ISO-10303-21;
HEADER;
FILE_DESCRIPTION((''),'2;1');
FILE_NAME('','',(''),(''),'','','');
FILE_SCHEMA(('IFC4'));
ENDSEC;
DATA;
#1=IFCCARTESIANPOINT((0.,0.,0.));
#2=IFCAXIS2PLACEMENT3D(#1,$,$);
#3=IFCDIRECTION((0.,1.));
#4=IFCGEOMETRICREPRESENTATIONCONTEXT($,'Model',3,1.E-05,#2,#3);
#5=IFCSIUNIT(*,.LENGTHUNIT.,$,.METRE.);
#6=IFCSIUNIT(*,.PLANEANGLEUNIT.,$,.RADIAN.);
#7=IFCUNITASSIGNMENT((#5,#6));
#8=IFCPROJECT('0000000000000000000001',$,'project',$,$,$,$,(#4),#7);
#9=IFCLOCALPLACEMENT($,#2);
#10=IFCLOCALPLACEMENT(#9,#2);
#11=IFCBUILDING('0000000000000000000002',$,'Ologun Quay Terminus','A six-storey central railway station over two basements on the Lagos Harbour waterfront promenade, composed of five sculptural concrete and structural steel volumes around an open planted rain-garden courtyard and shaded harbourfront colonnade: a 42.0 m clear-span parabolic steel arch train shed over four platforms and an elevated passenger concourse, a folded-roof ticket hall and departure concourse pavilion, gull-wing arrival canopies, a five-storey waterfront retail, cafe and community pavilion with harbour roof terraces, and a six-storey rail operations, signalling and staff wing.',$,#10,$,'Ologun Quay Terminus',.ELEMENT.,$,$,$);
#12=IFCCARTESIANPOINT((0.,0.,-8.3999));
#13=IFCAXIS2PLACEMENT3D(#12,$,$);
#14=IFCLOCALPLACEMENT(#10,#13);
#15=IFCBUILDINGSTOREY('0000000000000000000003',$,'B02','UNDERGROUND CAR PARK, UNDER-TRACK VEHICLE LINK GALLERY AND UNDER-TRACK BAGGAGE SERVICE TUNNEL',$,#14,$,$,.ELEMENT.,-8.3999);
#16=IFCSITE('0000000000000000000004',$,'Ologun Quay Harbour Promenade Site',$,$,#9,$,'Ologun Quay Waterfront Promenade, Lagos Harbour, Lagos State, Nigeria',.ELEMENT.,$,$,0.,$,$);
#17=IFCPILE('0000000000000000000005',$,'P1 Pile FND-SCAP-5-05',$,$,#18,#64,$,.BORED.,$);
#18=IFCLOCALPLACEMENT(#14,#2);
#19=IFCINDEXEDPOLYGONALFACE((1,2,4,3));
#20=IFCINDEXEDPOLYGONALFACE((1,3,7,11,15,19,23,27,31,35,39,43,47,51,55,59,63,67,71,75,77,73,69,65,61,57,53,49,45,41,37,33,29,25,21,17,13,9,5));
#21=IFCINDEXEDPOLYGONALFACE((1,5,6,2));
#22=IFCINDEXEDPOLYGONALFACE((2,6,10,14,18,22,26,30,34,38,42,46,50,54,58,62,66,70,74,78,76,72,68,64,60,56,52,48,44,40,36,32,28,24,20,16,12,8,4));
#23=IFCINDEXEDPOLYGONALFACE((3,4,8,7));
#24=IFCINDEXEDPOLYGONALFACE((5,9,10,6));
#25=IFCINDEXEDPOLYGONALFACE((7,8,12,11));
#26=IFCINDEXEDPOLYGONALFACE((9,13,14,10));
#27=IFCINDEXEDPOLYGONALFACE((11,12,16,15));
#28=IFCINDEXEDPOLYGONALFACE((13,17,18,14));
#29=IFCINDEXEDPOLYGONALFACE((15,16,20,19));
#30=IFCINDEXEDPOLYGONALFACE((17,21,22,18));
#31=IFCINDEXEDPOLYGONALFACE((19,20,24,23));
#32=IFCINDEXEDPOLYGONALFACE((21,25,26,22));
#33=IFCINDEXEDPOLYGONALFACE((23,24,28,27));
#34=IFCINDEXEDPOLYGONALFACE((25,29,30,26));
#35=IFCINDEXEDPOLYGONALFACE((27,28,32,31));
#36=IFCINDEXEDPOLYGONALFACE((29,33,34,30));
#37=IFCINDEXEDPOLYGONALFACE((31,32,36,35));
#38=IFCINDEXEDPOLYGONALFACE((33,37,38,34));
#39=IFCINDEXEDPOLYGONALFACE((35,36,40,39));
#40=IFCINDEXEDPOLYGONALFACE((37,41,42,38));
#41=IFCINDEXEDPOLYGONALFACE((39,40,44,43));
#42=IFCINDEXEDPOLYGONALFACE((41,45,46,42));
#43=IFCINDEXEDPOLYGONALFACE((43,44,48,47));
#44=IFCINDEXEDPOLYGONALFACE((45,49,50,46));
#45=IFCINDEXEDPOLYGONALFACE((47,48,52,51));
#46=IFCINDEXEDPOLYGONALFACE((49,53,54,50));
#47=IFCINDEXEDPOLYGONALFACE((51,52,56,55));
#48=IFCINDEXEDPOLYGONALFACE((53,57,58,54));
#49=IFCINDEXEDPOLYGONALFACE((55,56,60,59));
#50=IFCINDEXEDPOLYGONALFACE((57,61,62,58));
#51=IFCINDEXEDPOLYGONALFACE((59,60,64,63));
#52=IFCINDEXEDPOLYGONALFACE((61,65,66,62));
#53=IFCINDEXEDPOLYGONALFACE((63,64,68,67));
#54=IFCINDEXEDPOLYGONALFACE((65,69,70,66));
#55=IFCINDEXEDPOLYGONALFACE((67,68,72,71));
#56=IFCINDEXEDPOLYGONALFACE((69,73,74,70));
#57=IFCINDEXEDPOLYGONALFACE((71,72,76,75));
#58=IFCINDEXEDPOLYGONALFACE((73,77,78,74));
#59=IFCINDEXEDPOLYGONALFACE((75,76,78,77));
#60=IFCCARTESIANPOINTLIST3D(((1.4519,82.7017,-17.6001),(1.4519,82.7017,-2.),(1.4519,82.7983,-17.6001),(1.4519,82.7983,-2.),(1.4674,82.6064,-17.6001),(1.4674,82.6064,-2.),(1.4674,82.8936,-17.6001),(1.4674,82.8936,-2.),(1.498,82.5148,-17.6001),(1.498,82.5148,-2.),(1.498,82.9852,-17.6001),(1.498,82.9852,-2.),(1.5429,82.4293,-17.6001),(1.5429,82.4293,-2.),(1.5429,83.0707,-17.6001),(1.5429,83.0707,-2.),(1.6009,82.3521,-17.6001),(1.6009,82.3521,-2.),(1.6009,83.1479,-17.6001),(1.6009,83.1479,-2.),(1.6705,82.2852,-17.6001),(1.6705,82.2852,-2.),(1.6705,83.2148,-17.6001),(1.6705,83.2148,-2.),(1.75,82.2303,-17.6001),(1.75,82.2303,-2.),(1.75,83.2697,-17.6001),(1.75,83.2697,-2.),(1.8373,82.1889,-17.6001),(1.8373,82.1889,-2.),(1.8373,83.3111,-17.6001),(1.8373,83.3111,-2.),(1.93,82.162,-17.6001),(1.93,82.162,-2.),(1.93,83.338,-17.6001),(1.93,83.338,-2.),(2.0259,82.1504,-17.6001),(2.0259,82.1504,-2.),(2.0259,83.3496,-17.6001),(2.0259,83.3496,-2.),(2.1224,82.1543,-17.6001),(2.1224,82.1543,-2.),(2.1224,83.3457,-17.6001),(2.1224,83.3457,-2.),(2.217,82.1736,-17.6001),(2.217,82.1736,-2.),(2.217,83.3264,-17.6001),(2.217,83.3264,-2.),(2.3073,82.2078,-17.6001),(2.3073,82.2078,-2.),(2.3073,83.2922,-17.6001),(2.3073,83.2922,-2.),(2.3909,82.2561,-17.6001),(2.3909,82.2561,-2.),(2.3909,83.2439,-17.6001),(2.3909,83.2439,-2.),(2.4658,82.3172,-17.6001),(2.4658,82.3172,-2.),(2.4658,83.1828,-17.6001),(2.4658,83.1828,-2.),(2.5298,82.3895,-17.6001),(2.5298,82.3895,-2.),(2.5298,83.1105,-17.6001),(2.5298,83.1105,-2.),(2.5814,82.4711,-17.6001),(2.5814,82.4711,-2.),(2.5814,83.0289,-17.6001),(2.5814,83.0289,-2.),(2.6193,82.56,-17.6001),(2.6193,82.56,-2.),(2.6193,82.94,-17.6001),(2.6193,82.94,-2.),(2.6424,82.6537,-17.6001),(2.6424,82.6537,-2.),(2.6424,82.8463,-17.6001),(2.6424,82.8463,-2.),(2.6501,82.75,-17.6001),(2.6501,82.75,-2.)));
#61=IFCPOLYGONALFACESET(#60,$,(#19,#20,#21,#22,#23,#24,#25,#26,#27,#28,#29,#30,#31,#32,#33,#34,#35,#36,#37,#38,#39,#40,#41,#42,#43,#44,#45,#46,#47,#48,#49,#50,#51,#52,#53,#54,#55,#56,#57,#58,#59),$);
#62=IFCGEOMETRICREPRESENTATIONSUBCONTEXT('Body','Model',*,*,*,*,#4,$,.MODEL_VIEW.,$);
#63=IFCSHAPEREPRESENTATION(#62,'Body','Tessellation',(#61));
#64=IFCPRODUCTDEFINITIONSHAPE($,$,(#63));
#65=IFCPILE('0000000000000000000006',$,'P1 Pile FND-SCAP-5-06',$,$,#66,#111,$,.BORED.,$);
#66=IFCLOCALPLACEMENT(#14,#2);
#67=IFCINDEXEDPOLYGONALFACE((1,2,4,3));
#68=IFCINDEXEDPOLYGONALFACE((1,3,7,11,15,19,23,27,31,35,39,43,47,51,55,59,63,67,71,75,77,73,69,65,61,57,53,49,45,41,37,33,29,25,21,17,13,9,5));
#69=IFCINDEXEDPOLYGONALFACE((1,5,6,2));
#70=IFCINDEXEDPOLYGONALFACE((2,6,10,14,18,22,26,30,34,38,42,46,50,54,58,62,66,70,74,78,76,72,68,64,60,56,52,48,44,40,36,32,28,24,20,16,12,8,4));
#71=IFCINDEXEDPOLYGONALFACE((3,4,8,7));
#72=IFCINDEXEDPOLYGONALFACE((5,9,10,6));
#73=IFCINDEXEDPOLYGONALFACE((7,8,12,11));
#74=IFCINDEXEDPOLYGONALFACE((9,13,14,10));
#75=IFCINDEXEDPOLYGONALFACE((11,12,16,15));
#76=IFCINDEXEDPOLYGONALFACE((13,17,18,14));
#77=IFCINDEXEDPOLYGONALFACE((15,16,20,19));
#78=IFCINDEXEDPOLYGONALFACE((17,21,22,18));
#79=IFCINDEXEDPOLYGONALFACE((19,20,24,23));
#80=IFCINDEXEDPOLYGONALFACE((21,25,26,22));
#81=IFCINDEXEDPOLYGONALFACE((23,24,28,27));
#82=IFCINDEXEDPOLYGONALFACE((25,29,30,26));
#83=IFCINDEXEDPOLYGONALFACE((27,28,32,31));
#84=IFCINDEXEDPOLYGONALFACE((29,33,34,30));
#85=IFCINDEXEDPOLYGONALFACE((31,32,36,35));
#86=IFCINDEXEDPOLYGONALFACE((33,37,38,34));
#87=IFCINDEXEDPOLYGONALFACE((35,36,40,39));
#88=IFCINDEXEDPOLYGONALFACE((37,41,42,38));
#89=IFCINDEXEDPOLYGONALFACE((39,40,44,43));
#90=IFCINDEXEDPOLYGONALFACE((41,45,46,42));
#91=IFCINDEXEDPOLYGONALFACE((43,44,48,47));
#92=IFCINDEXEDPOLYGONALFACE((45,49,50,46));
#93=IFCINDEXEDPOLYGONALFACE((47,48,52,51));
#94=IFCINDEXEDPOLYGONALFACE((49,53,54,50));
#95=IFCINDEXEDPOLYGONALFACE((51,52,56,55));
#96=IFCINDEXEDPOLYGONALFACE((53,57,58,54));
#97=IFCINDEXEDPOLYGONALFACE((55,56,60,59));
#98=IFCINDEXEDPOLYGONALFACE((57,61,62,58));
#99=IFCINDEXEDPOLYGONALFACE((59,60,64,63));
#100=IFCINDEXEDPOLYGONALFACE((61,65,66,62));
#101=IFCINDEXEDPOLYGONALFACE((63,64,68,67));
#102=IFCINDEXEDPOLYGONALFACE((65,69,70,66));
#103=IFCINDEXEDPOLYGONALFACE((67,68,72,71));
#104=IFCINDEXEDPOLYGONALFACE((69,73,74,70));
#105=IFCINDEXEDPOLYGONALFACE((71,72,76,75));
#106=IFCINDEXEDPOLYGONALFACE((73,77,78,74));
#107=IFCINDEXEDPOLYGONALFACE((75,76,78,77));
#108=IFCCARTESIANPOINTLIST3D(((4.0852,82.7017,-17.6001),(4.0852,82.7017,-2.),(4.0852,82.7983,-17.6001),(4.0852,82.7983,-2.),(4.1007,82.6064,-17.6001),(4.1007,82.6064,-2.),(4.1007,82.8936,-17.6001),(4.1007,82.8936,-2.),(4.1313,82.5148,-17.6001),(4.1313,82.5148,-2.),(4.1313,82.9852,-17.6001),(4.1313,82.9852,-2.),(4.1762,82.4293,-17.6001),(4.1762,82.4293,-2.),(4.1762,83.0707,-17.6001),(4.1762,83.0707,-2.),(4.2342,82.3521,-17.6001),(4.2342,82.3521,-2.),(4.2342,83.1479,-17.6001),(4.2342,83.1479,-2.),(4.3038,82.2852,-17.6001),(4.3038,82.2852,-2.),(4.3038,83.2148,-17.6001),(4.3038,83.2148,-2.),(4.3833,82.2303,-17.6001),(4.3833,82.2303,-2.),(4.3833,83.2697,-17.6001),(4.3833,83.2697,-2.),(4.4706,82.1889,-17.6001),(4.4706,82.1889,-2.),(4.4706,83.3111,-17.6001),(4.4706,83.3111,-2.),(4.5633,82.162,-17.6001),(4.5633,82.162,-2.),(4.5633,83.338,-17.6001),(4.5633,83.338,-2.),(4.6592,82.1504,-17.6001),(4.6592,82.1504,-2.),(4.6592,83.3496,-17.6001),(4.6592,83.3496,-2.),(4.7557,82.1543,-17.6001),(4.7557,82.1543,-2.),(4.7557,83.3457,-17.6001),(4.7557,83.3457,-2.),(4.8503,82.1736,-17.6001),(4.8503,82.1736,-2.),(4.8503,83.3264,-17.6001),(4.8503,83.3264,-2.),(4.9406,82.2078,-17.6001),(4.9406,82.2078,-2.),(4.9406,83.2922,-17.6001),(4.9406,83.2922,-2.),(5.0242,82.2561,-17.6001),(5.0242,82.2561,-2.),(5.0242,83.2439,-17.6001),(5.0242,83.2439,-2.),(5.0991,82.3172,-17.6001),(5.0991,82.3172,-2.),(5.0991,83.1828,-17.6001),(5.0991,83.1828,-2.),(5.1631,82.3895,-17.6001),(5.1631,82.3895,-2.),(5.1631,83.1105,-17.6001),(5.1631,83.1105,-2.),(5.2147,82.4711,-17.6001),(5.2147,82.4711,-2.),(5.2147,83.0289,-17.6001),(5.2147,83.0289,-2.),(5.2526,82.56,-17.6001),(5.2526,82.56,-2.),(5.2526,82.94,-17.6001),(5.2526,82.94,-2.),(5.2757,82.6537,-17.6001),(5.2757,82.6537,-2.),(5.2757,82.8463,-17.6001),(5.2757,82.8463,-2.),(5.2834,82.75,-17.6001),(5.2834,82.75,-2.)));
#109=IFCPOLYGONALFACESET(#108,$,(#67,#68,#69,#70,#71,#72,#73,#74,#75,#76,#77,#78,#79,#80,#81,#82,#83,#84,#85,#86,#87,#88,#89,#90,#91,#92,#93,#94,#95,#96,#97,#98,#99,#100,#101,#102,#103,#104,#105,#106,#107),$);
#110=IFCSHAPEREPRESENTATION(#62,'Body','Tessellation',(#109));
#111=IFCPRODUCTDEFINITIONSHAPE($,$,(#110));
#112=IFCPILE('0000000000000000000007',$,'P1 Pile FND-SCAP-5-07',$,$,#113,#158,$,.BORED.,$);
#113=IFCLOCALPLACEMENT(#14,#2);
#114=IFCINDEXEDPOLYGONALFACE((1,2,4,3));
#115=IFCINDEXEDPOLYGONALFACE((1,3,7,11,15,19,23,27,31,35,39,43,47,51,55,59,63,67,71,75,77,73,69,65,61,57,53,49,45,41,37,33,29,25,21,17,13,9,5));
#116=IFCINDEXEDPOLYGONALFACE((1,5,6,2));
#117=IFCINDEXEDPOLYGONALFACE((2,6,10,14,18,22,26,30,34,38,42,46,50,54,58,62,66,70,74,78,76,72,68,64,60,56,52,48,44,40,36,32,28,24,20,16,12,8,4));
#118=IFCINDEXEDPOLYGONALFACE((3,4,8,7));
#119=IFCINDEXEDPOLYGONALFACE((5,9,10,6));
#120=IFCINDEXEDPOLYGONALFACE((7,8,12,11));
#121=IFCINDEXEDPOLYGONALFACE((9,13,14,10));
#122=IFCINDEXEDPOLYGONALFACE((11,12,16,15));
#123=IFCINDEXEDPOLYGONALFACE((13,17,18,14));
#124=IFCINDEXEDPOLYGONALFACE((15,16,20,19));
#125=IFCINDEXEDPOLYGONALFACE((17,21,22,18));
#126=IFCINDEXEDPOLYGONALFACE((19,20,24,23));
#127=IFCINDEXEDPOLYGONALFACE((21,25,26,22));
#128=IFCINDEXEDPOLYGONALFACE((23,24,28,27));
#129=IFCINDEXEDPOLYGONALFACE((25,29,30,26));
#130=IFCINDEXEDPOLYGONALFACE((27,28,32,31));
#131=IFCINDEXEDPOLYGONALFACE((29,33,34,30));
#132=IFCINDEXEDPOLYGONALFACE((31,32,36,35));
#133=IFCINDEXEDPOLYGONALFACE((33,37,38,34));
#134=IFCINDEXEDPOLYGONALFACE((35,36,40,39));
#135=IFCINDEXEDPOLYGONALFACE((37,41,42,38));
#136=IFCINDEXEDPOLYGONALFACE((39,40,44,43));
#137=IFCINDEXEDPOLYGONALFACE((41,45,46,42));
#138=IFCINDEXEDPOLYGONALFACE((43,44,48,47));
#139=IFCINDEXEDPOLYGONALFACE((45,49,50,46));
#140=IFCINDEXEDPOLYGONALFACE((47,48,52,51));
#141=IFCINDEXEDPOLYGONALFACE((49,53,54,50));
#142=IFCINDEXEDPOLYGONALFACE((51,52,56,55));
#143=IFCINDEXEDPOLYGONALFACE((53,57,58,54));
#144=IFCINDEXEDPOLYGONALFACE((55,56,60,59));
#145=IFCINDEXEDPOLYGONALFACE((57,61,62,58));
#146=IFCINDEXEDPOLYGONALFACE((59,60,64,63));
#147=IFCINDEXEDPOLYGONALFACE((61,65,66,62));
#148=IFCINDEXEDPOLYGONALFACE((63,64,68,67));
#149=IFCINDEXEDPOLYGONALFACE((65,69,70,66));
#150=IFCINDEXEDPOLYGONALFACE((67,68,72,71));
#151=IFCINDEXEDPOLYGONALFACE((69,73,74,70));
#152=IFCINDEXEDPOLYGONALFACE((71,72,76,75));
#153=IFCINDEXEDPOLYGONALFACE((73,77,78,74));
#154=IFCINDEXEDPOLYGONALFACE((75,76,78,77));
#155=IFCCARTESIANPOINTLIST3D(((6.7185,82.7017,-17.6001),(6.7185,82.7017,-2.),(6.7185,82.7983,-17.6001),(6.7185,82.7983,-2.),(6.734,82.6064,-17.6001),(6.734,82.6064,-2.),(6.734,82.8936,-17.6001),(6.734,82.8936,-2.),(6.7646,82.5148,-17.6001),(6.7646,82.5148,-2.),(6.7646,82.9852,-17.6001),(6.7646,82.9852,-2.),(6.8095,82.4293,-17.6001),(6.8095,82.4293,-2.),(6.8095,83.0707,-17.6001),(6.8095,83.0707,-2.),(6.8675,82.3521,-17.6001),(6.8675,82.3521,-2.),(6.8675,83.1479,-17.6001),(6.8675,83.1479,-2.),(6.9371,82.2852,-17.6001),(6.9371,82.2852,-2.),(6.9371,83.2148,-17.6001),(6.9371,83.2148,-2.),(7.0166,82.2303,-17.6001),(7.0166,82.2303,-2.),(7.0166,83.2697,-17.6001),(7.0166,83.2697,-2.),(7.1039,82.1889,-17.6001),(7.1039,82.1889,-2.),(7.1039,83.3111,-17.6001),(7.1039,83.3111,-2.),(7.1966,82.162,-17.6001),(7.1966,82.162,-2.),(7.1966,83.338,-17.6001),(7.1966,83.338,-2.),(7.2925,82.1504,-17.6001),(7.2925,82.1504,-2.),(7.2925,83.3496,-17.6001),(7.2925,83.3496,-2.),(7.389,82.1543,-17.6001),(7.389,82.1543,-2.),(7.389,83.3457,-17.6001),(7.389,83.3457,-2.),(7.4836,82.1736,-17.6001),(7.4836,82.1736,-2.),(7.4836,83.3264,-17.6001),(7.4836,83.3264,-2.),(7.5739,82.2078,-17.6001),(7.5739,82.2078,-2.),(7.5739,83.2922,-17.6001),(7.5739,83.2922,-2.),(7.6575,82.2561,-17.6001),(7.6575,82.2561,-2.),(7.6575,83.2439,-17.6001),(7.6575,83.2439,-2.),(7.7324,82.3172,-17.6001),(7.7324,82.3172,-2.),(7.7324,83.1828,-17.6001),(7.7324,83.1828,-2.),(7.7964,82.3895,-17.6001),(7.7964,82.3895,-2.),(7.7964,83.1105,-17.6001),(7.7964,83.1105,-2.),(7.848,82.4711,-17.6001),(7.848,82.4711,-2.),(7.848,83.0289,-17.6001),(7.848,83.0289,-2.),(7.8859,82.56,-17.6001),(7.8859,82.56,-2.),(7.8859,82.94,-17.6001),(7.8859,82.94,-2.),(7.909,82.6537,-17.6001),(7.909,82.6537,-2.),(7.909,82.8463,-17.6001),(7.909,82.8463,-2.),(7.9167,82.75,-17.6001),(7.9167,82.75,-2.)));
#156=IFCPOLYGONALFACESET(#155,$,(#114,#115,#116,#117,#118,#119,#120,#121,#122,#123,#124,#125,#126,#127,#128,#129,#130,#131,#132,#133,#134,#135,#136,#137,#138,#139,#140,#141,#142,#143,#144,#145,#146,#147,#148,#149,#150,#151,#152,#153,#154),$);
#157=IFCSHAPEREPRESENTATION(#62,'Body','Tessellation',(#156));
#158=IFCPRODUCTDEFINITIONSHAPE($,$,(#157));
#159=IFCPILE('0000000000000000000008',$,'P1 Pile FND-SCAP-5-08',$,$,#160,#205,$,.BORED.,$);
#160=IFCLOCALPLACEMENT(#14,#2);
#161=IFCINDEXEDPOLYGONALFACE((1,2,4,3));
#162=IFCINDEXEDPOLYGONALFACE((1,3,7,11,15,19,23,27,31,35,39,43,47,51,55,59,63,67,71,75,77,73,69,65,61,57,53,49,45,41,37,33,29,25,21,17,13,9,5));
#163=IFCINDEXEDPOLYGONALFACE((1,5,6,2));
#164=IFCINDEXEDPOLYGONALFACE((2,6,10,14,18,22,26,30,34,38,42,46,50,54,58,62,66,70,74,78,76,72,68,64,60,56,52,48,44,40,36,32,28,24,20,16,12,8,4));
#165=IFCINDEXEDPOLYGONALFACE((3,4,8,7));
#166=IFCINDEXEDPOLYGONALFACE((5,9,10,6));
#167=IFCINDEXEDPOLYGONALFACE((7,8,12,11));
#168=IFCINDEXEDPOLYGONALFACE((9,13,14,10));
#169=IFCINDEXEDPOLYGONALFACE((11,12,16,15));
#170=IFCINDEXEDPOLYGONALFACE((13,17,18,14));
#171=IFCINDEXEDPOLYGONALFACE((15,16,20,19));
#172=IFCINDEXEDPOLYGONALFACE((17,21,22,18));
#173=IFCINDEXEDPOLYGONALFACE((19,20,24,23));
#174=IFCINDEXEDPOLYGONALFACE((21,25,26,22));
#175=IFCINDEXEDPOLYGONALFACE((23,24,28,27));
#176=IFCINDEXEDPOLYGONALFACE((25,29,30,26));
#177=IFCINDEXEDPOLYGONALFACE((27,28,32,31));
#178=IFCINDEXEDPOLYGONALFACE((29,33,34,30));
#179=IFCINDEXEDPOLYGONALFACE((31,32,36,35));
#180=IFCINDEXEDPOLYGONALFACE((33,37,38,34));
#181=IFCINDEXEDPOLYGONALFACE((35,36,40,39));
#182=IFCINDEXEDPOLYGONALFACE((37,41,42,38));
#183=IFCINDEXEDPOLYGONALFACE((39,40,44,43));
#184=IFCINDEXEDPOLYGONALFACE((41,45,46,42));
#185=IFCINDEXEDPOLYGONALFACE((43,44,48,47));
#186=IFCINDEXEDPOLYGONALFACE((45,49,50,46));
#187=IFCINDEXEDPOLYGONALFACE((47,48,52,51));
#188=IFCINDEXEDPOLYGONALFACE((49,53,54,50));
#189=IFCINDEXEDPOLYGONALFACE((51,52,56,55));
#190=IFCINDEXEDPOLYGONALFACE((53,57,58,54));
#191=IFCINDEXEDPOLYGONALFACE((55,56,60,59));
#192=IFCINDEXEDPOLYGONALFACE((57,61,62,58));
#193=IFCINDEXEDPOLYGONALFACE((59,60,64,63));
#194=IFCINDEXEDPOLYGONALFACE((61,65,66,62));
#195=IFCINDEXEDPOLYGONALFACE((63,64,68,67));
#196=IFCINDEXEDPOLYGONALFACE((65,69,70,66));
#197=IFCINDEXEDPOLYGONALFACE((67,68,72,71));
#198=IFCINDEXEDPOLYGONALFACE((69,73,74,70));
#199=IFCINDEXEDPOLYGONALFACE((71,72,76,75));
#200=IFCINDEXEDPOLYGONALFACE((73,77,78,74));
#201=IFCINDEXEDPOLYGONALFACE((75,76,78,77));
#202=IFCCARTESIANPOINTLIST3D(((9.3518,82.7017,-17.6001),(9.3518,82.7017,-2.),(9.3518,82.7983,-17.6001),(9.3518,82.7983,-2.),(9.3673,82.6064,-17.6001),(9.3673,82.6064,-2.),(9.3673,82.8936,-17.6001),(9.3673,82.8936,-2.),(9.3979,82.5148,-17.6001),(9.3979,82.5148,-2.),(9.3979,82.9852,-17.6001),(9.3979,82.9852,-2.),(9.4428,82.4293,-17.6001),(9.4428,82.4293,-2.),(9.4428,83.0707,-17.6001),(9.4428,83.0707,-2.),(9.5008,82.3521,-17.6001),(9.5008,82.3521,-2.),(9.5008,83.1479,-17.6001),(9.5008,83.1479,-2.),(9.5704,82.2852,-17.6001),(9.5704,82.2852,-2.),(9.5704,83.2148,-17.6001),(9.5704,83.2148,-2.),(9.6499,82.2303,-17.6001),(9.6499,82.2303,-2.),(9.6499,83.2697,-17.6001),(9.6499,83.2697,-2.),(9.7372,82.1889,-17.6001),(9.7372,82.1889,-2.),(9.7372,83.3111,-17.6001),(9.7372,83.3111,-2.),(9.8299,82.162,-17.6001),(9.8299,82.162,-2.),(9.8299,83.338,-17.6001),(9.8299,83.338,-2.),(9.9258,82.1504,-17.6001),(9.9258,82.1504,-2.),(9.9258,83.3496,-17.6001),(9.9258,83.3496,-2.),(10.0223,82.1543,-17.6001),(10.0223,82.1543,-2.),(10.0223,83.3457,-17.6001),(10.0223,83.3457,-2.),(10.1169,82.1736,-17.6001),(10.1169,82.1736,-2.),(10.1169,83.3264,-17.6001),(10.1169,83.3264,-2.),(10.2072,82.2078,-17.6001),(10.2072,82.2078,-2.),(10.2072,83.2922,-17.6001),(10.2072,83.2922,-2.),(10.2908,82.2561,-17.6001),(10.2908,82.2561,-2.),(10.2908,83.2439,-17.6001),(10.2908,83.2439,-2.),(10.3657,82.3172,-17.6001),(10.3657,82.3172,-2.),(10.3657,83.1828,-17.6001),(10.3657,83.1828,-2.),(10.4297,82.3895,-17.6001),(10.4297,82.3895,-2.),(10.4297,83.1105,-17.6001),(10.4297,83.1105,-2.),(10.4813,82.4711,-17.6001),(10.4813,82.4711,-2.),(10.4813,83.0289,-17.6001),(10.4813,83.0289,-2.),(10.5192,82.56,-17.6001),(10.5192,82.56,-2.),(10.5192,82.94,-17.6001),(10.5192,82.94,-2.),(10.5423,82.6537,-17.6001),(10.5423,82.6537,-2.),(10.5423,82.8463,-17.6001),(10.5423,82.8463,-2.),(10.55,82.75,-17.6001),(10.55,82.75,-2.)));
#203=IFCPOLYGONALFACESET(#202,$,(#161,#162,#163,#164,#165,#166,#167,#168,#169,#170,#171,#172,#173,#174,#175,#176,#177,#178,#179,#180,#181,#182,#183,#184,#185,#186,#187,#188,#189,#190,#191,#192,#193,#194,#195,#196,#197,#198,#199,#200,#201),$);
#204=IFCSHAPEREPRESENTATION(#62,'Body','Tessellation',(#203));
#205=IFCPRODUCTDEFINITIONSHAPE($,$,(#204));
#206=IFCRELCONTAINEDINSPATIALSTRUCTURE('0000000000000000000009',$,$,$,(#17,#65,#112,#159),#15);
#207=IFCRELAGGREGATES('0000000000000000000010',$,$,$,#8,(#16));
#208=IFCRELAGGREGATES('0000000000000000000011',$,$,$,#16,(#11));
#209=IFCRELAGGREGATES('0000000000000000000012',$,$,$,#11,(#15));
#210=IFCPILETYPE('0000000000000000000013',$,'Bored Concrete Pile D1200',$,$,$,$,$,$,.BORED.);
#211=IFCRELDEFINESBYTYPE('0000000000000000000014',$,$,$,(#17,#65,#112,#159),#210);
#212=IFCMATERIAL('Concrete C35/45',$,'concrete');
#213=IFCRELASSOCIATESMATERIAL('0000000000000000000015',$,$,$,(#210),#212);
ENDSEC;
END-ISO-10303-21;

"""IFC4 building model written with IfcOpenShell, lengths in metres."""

from ifc_helpers import new_model, si_unit, direction, frame, origin, origin_2d, place, context, subcontext, project, spatial, circle, extrude, material, material_profile, profile_set, type_object, element, save


model = new_model("IFC4")

# Units and contexts
model_context = context("Model", 3, precision=1e-05, world=origin(), true_north=direction((0.0, 1.0)))
body_context = subcontext(model_context, "Body", "Model", "MODEL_VIEW")
ifc_project = project(units=[si_unit("LENGTHUNIT", "METRE"), si_unit("PLANEANGLEUNIT", "RADIAN")], contexts=[model_context])

# Site, building, storey
site_placement = place(None, origin())
site = spatial("IfcSite", under=ifc_project, at=site_placement, Name="Ologun Quay Harbour Promenade Site", LongName="Ologun Quay Waterfront Promenade, Lagos Harbour, Lagos State, Nigeria", CompositionType="ELEMENT", RefElevation=0.0)
building_placement = place(site_placement, origin())
building = spatial("IfcBuilding", under=site, at=building_placement, Name="Ologun Quay Terminus", Description="A six-storey central railway station over two basements on the Lagos Harbour waterfront promenade, composed of five sculptural concrete and structural steel volumes around an open planted rain-garden courtyard and shaded harbourfront colonnade: a 42.0 m clear-span parabolic steel arch train shed over four platforms and an elevated passenger concourse, a folded-roof ticket hall and departure concourse pavilion, gull-wing arrival canopies, a five-storey waterfront retail, cafe and community pavilion with harbour roof terraces, and a six-storey rail operations, signalling and staff wing.", LongName="Ologun Quay Terminus", CompositionType="ELEMENT")
storey_placement = place(building_placement, frame((0.0, 0.0, -8.3999)))
storey = spatial("IfcBuildingStorey", under=building, at=storey_placement, Name="B02", Description="UNDERGROUND CAR PARK, UNDER-TRACK VEHICLE LINK GALLERY AND UNDER-TRACK BAGGAGE SERVICE TUNNEL", CompositionType="ELEMENT", Elevation=-8.3999)

# Piles
ifc_material_1 = material(Name="Concrete C35/45", Category="concrete")
ifc_material_profile_1 = material_profile(ifc_material_1, circle(Radius=0.6001, at=origin_2d()), Name="PILE D1200")
ifc_profile_set_1 = profile_set([ifc_material_profile_1], Name="Concrete C35/45")
pile_type = type_object("IfcPileType", Name="Bored Concrete Pile D1200", PredefinedType="BORED", material=ifc_profile_set_1)
for number, where, z_axis, x_axis, name in (
    (1, (2.05, 82.75, -2.0), (0.0, 0.0, -1.0), (1.0, 0.0, 0.0), "P1 Pile FND-SCAP-5-05"),
    (2, (4.6833, 82.75, -2.0), (0.0, 0.0, -1.0), (1.0, 0.0, 0.0), "P1 Pile FND-SCAP-5-06"),
    (3, (7.3167, 82.75, -2.0), (0.0, 0.0, -1.0), (1.0, 0.0, 0.0), "P1 Pile FND-SCAP-5-07"),
    (4, (9.95, 82.75, -2.0), (0.0, 0.0, -1.0), (1.0, 0.0, 0.0), "P1 Pile FND-SCAP-5-08"),
):
    element("IfcPile", number, at=place(storey_placement, frame(where, z_axis=z_axis, x_axis=x_axis)), inside=storey, type_object=pile_type, Name=name, PredefinedType="BORED", context=body_context, shape_type="SweptSolid", body=[
        extrude(circle(Radius=0.6001, at=origin_2d()), origin(), (0.0, 0.0, 1.0), 15.6001),
    ])

save(model, "model.ifc")
